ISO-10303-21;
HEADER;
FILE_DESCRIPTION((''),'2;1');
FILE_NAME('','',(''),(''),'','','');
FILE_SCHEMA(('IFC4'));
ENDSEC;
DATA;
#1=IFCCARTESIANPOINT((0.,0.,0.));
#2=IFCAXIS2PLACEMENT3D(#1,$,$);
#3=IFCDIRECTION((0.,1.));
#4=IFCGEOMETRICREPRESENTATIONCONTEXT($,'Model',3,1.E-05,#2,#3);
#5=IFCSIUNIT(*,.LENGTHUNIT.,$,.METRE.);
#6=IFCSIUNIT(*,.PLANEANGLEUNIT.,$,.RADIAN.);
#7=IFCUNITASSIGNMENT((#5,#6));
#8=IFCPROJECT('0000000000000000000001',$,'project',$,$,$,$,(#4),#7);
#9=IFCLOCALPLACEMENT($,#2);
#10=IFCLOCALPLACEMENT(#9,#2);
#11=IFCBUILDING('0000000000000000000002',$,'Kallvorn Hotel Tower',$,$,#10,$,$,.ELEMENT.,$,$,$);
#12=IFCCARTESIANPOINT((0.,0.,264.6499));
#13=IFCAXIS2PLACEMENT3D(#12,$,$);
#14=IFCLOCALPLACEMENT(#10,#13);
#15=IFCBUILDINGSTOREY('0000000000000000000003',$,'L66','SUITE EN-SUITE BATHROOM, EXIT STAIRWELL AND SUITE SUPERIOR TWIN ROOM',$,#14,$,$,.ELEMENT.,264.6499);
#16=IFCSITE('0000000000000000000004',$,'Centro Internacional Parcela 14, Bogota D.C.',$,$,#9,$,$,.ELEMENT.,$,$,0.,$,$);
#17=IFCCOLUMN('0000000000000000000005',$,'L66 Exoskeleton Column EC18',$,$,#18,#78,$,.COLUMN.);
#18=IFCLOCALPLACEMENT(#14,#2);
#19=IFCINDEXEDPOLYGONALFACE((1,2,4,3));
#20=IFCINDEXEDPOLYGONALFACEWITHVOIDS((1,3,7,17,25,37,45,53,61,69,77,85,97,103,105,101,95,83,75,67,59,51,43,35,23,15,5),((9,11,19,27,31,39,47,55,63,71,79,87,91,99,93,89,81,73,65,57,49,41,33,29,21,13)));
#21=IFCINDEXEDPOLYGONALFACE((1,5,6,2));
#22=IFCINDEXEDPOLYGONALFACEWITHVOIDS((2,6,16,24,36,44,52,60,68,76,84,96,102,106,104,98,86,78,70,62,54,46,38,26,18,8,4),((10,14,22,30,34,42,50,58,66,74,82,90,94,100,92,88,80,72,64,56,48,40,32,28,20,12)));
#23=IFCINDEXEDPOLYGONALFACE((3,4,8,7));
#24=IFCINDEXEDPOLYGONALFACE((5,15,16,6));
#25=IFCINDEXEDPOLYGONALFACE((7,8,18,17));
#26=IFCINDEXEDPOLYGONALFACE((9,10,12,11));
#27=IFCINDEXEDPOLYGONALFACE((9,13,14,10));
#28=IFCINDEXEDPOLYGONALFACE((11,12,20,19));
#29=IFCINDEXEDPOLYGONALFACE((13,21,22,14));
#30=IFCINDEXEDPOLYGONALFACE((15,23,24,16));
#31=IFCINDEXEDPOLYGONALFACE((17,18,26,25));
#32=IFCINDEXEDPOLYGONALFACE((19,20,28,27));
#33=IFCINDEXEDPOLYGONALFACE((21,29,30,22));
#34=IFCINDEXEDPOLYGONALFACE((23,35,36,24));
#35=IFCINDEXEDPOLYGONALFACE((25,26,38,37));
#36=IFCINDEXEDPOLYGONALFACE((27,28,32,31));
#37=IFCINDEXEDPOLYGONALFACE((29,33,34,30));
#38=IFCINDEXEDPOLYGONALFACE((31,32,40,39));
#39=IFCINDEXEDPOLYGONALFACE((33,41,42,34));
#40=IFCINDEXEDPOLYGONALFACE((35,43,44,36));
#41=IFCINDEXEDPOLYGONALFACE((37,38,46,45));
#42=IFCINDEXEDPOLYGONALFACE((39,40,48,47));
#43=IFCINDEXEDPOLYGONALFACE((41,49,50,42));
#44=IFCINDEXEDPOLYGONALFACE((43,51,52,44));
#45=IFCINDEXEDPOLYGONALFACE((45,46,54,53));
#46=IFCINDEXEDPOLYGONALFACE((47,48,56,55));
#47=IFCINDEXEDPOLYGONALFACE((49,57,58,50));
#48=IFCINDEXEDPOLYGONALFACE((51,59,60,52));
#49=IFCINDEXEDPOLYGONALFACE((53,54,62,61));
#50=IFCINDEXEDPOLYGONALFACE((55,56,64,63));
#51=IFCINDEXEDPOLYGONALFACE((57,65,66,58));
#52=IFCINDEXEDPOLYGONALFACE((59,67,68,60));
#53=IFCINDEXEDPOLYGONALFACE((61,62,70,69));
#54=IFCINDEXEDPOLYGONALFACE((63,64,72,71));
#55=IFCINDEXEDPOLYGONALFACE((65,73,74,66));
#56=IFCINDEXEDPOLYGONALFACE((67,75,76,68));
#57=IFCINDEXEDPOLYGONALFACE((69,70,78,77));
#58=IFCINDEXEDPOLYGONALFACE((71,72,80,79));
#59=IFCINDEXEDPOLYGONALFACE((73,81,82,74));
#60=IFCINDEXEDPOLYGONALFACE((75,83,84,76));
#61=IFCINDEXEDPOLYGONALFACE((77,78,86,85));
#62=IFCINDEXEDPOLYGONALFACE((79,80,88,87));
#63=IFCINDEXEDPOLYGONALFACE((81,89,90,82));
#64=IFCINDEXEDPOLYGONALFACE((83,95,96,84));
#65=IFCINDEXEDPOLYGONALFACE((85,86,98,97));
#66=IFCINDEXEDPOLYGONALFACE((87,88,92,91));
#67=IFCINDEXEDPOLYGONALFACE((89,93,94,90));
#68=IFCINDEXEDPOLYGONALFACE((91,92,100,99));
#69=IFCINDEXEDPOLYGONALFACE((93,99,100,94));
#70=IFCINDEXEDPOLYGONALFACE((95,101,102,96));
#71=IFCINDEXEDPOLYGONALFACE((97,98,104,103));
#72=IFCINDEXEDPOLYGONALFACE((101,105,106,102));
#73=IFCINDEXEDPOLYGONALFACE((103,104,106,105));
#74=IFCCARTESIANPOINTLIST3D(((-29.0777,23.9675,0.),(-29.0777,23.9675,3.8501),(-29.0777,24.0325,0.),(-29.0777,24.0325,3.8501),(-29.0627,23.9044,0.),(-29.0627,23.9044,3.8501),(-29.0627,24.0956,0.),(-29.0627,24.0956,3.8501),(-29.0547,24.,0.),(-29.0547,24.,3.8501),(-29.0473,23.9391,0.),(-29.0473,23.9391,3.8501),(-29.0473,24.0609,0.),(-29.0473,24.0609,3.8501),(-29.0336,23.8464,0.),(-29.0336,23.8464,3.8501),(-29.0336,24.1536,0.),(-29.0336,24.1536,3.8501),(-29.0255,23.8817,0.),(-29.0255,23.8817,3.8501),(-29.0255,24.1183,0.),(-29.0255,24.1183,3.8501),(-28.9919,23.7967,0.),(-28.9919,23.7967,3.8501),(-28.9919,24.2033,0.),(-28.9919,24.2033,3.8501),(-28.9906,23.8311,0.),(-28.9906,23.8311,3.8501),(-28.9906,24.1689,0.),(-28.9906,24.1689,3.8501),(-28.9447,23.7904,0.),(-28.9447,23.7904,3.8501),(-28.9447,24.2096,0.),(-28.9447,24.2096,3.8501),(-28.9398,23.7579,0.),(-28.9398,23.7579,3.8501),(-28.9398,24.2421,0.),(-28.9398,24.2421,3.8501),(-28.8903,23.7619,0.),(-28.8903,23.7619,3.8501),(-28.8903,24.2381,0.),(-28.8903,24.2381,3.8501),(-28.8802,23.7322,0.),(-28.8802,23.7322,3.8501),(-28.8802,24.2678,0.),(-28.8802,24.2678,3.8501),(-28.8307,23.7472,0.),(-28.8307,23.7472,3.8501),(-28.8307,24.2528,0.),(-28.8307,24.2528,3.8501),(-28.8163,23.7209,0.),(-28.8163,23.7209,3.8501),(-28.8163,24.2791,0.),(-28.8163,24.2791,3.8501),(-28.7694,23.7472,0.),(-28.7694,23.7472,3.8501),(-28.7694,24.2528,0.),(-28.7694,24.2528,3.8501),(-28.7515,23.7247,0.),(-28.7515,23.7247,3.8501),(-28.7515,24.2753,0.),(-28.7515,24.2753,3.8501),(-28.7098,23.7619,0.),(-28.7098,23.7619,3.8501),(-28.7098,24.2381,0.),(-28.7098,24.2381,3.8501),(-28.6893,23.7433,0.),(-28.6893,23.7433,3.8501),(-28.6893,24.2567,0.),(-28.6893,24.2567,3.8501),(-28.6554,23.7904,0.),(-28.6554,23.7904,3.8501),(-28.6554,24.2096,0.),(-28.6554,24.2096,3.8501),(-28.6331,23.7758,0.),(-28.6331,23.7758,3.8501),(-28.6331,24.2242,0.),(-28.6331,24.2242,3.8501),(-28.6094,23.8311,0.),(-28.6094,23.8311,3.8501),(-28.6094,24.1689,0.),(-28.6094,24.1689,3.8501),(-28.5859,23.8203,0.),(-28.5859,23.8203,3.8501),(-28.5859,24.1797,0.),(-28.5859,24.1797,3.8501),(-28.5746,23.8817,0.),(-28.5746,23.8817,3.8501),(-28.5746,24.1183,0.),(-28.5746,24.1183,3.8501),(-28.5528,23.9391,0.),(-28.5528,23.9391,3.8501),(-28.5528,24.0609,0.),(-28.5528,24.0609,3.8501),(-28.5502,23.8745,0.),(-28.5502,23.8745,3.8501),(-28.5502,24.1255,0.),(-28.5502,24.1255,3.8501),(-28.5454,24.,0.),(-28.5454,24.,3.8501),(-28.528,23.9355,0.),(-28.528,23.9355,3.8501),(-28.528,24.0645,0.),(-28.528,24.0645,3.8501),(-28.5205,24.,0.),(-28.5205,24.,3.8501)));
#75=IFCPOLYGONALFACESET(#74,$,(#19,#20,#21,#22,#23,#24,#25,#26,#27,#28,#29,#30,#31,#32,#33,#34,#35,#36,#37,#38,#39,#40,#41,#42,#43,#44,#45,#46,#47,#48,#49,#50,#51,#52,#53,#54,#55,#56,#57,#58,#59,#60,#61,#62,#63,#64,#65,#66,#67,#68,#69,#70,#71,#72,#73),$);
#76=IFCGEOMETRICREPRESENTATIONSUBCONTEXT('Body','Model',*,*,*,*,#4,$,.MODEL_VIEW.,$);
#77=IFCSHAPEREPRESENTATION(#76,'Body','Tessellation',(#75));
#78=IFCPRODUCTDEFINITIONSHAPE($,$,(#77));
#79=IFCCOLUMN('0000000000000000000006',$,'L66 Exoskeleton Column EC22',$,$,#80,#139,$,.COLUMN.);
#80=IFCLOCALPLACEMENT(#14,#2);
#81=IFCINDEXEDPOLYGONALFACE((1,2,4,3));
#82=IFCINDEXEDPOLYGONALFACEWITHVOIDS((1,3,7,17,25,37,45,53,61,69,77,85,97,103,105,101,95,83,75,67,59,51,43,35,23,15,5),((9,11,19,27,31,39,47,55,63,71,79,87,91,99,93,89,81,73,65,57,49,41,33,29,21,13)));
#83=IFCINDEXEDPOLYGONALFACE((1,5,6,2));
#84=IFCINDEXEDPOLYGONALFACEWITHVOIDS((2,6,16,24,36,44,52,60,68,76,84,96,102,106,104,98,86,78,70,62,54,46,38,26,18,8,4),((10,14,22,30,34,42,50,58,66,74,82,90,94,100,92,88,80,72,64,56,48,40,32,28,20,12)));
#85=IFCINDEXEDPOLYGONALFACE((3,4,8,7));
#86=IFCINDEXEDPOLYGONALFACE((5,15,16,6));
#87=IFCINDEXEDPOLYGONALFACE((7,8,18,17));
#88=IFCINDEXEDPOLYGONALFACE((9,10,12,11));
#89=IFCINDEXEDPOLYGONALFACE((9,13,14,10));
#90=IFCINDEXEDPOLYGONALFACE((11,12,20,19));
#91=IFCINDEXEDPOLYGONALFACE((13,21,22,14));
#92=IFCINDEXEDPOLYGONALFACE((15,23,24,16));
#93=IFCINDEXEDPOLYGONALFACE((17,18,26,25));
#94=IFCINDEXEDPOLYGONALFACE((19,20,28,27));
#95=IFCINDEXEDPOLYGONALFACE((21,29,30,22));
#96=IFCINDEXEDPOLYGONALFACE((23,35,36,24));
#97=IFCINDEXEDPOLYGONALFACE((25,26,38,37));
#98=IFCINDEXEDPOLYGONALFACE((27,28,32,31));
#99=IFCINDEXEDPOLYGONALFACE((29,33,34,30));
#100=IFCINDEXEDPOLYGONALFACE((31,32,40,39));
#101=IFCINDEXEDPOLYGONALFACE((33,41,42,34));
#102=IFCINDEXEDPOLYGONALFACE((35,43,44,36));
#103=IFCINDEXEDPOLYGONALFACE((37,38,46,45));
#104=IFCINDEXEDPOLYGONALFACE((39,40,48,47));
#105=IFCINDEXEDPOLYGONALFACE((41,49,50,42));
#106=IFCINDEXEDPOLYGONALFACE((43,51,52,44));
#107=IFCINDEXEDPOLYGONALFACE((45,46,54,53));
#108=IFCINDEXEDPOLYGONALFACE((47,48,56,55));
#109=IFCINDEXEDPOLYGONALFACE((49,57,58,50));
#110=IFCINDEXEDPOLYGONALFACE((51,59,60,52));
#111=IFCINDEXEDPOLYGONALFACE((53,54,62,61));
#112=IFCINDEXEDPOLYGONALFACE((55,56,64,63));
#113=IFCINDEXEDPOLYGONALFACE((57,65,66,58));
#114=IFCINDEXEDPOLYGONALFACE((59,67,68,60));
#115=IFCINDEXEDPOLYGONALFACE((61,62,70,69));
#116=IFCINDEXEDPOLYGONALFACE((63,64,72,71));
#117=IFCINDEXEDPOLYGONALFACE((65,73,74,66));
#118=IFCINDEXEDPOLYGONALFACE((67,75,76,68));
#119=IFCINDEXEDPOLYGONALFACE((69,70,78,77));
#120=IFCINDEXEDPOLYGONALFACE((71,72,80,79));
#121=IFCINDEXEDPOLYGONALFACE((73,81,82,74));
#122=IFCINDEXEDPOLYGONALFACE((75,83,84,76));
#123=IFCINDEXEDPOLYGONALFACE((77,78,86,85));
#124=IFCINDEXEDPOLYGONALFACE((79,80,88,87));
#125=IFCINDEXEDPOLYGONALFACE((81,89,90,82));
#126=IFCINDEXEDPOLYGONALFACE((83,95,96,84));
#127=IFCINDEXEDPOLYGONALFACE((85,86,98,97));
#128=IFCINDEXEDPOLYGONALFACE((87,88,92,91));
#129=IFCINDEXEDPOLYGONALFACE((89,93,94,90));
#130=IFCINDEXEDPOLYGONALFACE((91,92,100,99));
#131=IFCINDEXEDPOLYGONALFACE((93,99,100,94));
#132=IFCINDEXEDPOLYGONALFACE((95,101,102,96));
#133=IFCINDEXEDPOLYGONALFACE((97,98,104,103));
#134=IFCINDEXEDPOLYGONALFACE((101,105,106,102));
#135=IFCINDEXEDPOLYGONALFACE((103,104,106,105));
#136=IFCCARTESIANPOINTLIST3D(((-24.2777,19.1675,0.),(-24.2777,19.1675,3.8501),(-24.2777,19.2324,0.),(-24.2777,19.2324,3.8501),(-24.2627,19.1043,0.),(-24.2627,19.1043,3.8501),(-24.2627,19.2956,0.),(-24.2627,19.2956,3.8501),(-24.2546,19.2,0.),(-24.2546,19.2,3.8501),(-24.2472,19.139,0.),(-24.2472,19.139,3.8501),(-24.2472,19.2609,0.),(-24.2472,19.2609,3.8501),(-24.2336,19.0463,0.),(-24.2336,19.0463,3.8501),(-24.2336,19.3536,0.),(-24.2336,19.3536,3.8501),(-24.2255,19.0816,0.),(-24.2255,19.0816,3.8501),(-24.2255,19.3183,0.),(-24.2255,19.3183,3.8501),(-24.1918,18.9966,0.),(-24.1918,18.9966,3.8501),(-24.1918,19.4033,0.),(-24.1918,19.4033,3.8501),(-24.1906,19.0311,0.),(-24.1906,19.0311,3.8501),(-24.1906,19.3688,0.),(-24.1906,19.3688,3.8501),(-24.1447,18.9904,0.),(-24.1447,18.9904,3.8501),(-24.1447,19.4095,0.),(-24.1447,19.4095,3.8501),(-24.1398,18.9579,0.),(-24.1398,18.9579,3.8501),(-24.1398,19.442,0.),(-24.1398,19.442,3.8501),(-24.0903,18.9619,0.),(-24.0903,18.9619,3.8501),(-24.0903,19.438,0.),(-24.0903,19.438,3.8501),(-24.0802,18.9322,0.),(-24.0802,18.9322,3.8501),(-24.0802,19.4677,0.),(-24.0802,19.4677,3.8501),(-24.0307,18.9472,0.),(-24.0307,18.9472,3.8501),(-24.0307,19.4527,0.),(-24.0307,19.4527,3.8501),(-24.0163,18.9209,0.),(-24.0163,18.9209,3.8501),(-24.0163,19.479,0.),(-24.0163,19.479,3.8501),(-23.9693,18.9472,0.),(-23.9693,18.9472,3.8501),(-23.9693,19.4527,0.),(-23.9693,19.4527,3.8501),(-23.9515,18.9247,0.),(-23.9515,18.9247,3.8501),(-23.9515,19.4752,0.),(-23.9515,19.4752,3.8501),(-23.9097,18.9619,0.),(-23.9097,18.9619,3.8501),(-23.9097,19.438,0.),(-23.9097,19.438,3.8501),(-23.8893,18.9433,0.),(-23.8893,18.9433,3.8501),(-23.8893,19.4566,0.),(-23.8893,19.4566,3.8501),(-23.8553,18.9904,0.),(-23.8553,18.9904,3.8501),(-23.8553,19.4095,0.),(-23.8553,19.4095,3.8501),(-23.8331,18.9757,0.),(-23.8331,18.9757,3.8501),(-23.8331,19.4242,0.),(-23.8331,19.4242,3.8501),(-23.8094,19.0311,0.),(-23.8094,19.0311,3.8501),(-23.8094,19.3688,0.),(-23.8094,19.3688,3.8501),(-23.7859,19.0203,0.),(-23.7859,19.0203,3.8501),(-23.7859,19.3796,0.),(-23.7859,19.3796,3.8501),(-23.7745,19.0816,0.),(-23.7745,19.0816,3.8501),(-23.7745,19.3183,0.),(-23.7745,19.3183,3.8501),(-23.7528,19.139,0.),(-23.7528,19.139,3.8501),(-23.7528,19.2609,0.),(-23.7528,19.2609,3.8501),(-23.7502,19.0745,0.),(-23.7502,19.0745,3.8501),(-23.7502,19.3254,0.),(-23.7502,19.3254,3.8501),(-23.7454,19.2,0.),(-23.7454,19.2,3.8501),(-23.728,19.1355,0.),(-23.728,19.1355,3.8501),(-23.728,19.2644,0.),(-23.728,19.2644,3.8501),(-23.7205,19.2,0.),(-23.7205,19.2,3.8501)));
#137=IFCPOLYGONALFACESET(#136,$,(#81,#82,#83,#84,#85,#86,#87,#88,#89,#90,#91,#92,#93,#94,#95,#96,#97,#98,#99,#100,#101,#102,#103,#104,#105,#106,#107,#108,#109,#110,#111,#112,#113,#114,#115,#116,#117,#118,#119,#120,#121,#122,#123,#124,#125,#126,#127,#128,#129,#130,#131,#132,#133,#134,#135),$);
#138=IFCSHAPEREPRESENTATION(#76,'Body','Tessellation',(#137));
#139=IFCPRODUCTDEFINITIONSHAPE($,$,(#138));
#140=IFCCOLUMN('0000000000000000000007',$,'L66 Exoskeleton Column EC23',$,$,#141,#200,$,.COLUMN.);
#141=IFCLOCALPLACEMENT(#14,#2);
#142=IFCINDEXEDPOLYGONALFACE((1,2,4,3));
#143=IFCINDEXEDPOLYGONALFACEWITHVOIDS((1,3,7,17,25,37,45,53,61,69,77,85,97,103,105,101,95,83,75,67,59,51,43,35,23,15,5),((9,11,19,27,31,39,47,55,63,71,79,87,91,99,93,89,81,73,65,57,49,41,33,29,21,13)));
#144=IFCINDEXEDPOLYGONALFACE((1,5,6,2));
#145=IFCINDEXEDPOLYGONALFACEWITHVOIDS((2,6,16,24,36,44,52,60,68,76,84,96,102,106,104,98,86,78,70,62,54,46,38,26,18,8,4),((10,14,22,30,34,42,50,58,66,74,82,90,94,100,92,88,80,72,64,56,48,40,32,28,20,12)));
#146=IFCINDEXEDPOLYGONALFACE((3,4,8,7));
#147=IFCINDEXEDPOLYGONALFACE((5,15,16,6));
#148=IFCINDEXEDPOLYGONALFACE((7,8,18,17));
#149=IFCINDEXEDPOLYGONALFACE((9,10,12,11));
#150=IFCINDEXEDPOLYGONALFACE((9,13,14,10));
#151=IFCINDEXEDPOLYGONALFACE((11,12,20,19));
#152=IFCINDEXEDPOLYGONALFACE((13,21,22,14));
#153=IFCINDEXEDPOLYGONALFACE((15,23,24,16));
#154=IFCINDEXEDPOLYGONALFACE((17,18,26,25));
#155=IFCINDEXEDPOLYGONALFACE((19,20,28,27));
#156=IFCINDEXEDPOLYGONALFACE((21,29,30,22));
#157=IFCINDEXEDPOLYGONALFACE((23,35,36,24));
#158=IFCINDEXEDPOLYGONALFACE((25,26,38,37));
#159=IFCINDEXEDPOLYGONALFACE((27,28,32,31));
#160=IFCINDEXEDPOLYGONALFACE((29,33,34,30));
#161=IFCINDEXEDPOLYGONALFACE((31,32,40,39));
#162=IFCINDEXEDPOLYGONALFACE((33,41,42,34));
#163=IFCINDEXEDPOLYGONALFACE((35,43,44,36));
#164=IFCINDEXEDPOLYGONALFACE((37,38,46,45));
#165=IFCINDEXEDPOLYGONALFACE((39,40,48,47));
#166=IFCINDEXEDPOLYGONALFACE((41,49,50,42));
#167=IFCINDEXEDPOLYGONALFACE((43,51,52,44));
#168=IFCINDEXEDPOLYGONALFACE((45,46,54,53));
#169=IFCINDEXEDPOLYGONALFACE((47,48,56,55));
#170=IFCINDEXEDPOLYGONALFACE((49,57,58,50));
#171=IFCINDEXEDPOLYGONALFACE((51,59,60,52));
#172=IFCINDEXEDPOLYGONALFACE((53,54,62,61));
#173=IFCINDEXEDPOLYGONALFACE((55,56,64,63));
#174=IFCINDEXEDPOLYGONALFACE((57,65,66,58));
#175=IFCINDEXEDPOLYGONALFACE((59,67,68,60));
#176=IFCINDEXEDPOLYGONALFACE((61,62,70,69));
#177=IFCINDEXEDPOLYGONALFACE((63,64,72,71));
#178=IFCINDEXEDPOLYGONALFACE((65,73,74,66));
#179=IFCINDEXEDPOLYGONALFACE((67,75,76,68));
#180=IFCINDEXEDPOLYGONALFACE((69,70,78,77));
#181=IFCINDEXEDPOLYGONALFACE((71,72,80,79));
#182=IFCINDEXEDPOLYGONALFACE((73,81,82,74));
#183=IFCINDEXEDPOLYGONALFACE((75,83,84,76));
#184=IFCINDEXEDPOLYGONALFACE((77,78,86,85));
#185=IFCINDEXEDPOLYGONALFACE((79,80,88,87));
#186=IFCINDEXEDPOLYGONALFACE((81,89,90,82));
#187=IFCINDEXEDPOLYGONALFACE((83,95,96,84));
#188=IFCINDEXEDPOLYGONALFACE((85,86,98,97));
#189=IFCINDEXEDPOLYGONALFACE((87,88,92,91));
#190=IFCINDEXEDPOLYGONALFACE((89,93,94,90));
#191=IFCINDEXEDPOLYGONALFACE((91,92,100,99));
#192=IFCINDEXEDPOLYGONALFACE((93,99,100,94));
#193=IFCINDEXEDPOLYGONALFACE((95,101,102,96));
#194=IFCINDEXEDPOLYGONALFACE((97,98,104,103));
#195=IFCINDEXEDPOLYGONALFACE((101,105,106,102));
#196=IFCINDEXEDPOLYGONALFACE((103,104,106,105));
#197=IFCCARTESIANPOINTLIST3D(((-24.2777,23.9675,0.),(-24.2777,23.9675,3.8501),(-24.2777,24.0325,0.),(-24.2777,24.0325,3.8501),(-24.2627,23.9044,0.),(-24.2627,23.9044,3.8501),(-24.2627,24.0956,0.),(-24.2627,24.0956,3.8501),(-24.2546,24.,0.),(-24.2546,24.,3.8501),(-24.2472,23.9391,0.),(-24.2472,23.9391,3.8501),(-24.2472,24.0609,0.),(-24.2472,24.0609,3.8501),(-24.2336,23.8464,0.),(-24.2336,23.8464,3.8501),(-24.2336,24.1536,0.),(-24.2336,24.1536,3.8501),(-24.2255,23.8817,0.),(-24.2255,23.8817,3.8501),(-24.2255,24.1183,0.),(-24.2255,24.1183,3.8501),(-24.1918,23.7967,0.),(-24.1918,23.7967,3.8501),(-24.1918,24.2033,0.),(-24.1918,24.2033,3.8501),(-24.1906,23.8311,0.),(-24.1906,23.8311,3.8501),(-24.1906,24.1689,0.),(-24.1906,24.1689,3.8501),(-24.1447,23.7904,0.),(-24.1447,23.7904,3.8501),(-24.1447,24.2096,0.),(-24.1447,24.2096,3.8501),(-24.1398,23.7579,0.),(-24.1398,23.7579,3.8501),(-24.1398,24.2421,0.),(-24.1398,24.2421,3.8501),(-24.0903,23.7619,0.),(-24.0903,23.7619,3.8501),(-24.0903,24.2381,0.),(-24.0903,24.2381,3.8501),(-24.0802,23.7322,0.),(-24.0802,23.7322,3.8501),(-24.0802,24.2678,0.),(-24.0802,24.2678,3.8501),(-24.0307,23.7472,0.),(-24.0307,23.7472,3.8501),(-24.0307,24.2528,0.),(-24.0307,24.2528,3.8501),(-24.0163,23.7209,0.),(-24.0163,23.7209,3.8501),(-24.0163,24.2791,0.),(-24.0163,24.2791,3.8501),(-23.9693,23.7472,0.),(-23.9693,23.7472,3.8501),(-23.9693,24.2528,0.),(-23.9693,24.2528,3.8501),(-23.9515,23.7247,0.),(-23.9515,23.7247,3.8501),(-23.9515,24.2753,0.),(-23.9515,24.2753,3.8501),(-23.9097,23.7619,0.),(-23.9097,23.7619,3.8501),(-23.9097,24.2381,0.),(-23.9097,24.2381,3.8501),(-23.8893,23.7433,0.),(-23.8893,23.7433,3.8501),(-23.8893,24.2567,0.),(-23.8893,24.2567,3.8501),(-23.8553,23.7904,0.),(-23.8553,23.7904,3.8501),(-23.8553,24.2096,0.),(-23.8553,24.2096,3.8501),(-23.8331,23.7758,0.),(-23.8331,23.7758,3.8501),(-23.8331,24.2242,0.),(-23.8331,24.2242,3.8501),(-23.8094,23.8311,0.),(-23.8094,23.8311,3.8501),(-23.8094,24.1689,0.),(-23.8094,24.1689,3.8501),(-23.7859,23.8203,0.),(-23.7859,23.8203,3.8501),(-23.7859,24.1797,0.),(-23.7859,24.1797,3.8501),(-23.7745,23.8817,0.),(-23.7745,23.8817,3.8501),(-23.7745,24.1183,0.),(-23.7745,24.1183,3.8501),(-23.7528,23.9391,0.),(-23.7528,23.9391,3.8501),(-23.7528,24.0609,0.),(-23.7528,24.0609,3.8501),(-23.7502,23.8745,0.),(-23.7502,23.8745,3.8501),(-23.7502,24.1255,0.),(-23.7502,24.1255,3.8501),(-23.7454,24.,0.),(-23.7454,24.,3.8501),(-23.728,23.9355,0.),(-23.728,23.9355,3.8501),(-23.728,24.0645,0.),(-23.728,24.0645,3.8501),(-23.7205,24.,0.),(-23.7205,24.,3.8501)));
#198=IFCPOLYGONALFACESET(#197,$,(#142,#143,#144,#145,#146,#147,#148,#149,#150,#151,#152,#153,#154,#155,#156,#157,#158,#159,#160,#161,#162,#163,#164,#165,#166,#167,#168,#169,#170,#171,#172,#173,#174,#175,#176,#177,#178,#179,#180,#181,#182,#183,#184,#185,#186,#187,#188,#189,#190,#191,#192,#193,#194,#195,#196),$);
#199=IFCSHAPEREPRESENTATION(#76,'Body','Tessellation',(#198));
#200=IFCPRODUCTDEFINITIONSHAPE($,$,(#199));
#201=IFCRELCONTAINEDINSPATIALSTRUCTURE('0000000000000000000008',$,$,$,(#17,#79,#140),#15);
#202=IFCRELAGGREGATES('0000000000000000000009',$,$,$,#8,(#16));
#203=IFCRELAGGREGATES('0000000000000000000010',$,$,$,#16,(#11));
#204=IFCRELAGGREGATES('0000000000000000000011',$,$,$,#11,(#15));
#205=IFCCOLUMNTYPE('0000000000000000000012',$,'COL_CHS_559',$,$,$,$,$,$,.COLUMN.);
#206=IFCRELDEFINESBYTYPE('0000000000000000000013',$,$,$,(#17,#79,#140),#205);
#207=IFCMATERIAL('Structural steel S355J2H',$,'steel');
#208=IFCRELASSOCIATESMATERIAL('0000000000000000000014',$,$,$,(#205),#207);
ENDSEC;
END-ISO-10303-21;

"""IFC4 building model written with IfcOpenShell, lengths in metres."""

from ifc_helpers import new_model, si_unit, direction, frame, origin, origin_2d, place, context, subcontext, project, spatial, hollow_circle, extrude, material, material_profile, profile_set, type_object, element, save


model = new_model("IFC4")

# Units and contexts
model_context = context("Model", 3, precision=1e-05, world=origin(), true_north=direction((0.0, 1.0)))
body_context = subcontext(model_context, "Body", "Model", "MODEL_VIEW")
ifc_project = project(units=[si_unit("LENGTHUNIT", "METRE"), si_unit("PLANEANGLEUNIT", "RADIAN")], contexts=[model_context])

# Site, building, storey
site_placement = place(None, origin())
site = spatial("IfcSite", under=ifc_project, at=site_placement, Name="Centro Internacional Parcela 14, Bogota D.C.", CompositionType="ELEMENT", RefElevation=0.0)
building_placement = place(site_placement, origin())
building = spatial("IfcBuilding", under=site, at=building_placement, Name="Kallvorn Hotel Tower", CompositionType="ELEMENT")
storey_placement = place(building_placement, frame((0.0, 0.0, 264.6499)))
storey = spatial("IfcBuildingStorey", under=building, at=storey_placement, Name="L66", Description="SUITE EN-SUITE BATHROOM, EXIT STAIRWELL AND SUITE SUPERIOR TWIN ROOM", CompositionType="ELEMENT", Elevation=264.6499)

# Columns
ifc_material_1 = material(Name="Structural steel S355J2H", Category="steel")
ifc_material_profile_1 = material_profile(ifc_material_1, hollow_circle(Radius=0.2795, WallThickness=0.0249, at=origin_2d()), Name="CHS 559x25")
ifc_profile_set_1 = profile_set([ifc_material_profile_1], Name="Structural steel S355J2H")
column_type_1 = type_object("IfcColumnType", Name="COL_CHS_559", PredefinedType="COLUMN", material=ifc_profile_set_1)
for number, where, z_axis, x_axis, name in (
    (1, (-28.8, 24.0, 0.0), (0.0, 0.0, 1.0), (1.0, 0.0, 0.0), "L66 Exoskeleton Column EC18"),
    (2, (-24.0, 19.2, 0.0), (0.0, 0.0, 1.0), (1.0, 0.0, 0.0), "L66 Exoskeleton Column EC22"),
    (3, (-24.0, 24.0, 0.0), (0.0, 0.0, 1.0), (1.0, 0.0, 0.0), "L66 Exoskeleton Column EC23"),
):
    element("IfcColumn", number, at=place(storey_placement, frame(where, z_axis=z_axis, x_axis=x_axis)), inside=storey, type_object=column_type_1, Name=name, PredefinedType="COLUMN", context=body_context, shape_type="SweptSolid", body=[
        extrude(hollow_circle(Radius=0.2795, WallThickness=0.0249, at=origin_2d()), origin(), (0.0, 0.0, 1.0), 3.8501),
    ])

save(model, "model.ifc")
